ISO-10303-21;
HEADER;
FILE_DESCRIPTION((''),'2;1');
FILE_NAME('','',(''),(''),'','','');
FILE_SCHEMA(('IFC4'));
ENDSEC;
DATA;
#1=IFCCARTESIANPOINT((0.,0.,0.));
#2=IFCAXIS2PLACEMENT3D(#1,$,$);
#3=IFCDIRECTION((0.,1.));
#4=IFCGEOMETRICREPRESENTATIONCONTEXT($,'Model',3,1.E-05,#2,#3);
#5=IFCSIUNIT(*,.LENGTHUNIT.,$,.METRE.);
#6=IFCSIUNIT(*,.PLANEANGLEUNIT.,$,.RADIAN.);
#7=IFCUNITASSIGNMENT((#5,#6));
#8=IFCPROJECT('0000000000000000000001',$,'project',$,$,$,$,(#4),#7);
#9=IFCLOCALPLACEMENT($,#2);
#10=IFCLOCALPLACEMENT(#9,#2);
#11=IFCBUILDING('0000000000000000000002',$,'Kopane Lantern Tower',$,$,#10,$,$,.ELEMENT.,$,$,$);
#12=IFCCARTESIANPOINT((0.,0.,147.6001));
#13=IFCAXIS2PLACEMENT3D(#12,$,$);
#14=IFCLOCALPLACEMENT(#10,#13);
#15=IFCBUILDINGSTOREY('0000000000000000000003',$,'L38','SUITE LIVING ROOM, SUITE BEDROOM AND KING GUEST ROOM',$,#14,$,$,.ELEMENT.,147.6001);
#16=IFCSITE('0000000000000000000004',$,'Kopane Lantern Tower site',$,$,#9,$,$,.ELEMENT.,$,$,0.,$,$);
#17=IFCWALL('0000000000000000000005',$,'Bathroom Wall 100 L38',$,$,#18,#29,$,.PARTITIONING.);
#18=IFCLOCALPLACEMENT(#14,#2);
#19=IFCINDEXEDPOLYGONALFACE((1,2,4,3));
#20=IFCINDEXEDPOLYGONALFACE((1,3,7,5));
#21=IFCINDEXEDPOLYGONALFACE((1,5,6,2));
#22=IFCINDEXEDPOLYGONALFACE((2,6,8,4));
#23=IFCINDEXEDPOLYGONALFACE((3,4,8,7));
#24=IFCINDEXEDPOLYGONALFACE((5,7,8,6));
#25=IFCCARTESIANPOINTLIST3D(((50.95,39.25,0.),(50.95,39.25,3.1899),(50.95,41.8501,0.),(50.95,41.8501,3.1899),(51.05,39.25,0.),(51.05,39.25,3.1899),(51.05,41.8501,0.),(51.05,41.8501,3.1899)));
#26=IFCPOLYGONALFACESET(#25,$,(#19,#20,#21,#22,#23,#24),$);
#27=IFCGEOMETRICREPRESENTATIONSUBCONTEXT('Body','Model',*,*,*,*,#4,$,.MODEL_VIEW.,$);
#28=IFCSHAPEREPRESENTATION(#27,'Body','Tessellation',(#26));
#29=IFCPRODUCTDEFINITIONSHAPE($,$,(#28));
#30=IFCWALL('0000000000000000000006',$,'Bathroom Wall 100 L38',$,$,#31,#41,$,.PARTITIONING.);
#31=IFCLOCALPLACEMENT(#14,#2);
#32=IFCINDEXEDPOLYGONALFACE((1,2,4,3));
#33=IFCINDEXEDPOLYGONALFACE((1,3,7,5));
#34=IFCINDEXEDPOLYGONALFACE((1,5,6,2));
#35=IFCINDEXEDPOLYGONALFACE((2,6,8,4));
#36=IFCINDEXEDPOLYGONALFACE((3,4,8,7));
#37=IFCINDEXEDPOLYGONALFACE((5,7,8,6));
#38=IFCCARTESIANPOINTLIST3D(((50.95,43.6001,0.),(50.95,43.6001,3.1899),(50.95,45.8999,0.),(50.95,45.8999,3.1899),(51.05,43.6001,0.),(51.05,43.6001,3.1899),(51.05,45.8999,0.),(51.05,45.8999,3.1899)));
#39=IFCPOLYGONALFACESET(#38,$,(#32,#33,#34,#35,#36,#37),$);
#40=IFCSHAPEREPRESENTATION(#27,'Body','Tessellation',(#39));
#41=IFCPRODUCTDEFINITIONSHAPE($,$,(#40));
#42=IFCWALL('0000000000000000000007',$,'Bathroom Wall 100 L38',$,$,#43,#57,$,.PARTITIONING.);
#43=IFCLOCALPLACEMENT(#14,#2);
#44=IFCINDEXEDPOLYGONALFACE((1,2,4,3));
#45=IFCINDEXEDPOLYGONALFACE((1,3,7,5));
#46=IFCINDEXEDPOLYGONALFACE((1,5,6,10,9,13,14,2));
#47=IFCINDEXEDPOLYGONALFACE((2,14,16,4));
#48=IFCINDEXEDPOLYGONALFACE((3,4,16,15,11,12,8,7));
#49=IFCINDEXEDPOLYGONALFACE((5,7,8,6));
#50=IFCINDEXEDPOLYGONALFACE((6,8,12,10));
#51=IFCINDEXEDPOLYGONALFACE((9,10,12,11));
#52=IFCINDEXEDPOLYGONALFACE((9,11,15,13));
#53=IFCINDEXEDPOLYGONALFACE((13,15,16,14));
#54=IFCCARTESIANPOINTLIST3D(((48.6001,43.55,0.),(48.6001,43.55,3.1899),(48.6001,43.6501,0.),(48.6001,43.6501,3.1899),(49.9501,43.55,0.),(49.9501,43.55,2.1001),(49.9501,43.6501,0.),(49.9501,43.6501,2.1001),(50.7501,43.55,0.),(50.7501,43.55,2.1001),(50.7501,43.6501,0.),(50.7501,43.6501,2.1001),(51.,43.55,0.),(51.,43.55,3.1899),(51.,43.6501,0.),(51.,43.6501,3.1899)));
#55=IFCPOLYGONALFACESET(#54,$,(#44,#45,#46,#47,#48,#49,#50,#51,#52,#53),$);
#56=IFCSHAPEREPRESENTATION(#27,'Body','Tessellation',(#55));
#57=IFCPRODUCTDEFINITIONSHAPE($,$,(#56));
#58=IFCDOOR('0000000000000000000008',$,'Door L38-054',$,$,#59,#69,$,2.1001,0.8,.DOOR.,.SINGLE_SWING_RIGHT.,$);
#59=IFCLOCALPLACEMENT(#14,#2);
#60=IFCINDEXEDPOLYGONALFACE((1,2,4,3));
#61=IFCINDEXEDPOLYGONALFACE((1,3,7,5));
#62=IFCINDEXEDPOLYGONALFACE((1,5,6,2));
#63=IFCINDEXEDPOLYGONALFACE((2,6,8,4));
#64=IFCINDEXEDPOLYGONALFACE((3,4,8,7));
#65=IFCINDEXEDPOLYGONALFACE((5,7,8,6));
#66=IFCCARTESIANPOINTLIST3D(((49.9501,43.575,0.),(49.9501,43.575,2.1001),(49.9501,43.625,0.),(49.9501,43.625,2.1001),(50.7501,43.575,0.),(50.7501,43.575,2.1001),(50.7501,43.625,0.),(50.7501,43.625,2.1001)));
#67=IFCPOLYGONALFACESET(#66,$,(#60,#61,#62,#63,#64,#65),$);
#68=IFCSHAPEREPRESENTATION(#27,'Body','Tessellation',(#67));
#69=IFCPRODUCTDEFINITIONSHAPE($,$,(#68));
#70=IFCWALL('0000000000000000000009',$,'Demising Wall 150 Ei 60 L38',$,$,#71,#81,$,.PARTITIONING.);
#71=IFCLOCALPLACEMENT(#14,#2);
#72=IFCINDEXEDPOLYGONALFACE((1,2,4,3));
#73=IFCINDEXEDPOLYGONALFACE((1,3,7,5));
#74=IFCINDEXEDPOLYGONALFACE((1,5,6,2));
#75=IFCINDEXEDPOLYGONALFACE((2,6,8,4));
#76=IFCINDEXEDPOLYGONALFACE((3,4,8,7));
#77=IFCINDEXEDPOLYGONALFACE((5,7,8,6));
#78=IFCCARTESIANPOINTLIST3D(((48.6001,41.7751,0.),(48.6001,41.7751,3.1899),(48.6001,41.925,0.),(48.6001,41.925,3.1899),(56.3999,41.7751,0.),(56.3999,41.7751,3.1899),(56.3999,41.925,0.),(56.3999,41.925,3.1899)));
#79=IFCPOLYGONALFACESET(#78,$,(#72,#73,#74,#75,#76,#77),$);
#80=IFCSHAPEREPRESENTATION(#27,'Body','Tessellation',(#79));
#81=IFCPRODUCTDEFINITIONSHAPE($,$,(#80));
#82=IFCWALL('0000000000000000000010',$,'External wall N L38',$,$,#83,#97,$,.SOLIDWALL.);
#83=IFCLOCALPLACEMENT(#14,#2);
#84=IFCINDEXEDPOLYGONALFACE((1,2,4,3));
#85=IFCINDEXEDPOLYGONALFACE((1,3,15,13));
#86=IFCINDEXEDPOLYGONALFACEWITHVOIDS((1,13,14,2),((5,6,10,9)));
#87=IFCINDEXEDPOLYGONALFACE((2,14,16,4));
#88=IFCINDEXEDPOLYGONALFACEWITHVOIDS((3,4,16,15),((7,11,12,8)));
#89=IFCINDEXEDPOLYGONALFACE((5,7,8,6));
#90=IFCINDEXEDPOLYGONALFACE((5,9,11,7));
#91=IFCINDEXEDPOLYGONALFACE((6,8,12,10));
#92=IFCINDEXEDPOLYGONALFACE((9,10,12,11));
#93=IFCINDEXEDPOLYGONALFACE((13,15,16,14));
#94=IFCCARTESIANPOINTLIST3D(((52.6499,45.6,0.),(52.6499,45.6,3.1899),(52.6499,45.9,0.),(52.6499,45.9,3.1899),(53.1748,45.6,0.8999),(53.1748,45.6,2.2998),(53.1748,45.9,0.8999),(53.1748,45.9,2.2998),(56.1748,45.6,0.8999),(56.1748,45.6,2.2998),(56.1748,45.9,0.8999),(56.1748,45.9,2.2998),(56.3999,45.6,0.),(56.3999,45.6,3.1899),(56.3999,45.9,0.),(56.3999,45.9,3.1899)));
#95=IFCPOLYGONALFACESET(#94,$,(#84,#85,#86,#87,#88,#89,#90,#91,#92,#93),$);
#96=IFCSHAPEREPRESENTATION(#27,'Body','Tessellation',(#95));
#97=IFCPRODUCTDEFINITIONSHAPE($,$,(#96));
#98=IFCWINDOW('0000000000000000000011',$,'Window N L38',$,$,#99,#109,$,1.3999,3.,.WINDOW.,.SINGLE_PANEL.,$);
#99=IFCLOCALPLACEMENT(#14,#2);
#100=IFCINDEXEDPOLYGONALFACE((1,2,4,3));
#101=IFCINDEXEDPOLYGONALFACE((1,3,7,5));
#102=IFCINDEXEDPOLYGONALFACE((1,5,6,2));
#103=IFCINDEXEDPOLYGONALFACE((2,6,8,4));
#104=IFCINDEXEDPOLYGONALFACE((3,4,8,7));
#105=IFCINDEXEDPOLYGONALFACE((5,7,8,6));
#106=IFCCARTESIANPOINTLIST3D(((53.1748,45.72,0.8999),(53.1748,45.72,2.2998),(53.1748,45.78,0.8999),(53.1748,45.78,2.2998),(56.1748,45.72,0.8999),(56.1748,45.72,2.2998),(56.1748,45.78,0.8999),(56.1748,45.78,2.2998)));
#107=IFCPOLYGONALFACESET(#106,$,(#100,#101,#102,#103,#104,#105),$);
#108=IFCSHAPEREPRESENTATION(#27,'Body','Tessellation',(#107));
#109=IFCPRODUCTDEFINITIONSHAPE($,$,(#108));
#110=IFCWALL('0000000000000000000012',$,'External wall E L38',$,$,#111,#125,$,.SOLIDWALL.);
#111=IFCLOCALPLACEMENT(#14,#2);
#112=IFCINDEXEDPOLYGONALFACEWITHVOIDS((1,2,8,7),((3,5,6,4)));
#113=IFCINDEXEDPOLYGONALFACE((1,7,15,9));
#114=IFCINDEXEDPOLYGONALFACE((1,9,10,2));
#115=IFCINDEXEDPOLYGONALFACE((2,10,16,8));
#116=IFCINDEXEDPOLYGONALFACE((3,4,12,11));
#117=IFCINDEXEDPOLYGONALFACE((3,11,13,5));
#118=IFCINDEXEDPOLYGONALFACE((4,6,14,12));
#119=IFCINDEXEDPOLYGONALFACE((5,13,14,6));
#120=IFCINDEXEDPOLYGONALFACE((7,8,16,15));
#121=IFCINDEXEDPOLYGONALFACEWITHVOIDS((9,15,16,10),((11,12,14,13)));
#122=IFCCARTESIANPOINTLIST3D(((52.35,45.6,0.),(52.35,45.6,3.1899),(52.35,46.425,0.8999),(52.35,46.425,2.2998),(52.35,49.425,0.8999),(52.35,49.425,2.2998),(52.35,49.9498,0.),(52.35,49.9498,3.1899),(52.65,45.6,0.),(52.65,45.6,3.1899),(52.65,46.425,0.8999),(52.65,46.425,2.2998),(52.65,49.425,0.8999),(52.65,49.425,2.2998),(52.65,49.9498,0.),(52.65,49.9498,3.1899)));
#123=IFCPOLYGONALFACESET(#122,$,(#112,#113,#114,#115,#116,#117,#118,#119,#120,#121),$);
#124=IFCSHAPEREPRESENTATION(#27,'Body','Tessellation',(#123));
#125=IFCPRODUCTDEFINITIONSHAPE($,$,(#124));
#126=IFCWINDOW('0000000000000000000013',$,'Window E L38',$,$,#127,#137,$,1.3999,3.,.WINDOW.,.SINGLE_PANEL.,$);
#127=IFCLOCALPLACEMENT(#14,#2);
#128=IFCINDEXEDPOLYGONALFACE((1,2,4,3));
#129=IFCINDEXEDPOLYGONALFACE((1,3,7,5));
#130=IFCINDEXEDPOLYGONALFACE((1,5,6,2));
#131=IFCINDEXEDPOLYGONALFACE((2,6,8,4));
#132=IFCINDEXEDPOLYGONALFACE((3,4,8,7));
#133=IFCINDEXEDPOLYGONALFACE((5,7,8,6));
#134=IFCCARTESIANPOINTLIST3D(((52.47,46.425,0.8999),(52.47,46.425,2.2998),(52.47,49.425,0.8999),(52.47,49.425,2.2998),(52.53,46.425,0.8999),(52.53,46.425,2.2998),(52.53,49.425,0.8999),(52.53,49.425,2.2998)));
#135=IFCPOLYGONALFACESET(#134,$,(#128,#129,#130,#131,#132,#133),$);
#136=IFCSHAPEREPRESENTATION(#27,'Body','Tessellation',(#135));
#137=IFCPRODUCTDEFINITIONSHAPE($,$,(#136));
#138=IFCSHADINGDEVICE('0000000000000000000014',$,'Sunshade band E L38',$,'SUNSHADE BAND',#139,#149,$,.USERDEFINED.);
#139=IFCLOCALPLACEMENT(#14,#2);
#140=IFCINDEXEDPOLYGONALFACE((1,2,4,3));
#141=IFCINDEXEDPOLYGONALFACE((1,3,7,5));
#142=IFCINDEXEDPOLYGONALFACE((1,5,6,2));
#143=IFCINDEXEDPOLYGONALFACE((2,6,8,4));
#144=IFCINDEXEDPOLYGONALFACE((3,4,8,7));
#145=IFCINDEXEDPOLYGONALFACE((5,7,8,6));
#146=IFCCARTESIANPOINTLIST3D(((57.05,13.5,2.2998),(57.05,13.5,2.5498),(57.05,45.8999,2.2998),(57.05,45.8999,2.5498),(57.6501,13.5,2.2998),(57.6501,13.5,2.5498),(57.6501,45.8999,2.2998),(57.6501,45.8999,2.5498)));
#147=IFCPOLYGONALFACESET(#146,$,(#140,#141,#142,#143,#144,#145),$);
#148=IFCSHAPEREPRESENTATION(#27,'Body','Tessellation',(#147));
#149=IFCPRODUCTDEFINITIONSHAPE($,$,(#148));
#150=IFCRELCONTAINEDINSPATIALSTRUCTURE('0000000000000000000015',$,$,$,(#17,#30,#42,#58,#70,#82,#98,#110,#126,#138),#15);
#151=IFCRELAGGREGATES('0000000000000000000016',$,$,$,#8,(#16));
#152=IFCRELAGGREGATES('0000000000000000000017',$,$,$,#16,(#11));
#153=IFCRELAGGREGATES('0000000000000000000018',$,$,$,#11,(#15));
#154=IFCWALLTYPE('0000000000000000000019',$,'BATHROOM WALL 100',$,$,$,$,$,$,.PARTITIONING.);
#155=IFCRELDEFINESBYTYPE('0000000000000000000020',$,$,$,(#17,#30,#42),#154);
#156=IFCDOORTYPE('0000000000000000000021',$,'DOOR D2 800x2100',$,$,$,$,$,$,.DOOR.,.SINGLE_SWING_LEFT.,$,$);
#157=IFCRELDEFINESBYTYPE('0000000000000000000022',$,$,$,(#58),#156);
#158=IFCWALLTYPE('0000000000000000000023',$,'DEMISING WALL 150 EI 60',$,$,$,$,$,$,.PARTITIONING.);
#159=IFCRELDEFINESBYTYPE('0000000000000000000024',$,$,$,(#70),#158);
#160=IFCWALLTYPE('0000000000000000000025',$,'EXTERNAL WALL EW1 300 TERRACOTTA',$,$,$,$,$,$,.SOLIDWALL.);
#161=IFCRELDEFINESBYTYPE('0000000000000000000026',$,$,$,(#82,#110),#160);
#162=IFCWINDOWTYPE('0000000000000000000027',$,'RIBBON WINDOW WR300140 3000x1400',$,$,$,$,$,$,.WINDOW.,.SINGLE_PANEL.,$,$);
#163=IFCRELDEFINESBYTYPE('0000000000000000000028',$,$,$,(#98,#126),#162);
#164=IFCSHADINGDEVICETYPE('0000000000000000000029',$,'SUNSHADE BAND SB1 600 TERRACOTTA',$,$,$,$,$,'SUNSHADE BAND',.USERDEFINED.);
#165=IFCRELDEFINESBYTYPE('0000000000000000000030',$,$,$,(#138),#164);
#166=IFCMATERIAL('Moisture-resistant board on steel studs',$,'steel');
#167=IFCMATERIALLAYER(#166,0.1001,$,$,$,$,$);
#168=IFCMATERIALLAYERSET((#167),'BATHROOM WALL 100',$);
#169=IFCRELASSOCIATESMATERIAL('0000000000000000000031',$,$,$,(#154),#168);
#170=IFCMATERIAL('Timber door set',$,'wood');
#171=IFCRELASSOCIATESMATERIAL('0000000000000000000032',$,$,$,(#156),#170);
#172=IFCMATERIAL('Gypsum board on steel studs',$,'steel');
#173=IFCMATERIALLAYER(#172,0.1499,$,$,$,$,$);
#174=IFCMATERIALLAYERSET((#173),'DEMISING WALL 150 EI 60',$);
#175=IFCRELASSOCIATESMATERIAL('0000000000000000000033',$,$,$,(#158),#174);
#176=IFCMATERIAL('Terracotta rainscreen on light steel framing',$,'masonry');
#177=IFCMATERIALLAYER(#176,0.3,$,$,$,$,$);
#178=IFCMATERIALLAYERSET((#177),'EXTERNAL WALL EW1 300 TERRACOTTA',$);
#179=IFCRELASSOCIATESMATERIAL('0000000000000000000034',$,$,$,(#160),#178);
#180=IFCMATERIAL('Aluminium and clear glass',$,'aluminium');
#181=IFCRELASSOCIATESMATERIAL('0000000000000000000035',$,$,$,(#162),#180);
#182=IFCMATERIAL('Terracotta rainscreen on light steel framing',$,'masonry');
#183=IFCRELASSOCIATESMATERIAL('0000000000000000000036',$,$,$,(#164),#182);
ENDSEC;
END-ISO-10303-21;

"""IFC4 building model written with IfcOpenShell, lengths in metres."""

from ifc_helpers import new_model, si_unit, direction, frame, frame_2d, origin, origin_2d, place, context, subcontext, project, spatial, rectangle, extrude, material, layer, layer_set, type_object, element, fill, save


model = new_model("IFC4")

# Units and contexts
model_context = context("Model", 3, precision=1e-05, world=origin(), true_north=direction((0.0, 1.0)))
body_context = subcontext(model_context, "Body", "Model", "MODEL_VIEW")
ifc_project = project(units=[si_unit("LENGTHUNIT", "METRE"), si_unit("PLANEANGLEUNIT", "RADIAN")], contexts=[model_context])

# Site, building, storey
site_placement = place(None, origin())
site = spatial("IfcSite", under=ifc_project, at=site_placement, Name="Kopane Lantern Tower site", CompositionType="ELEMENT", RefElevation=0.0)
building_placement = place(site_placement, origin())
building = spatial("IfcBuilding", under=site, at=building_placement, Name="Kopane Lantern Tower", CompositionType="ELEMENT")
storey_placement = place(building_placement, frame((0.0, 0.0, 147.6001)))
storey = spatial("IfcBuildingStorey", under=building, at=storey_placement, Name="L38", Description="SUITE LIVING ROOM, SUITE BEDROOM AND KING GUEST ROOM", CompositionType="ELEMENT", Elevation=147.6001)

# Walls
ifc_material_1 = material(Name="Moisture-resistant board on steel studs", Category="steel")
ifc_layer_1 = layer(ifc_material_1, 0.1001)
ifc_layer_set_1 = layer_set([ifc_layer_1], Name="BATHROOM WALL 100")
wall_type_1 = type_object("IfcWallType", Name="BATHROOM WALL 100", PredefinedType="PARTITIONING", material=ifc_layer_set_1)
wall_1_placement = place(storey_placement, frame((51.0, 39.25, 0.0), z_axis=(0.0, 0.0, 1.0), x_axis=(0.0, 1.0, 0.0)))
element("IfcWall", 1, at=wall_1_placement, inside=storey, type_object=wall_type_1, Name="Bathroom Wall 100 L38", PredefinedType="PARTITIONING", context=body_context, shape_type="SweptSolid", body=[
    extrude(rectangle(XDim=2.6001, YDim=0.1001, at=frame_2d((1.3, 0.0))), origin(), (0.0, 0.0, 1.0), 3.1899),
])
wall_2_placement = place(storey_placement, frame((51.0, 43.6001, 0.0), z_axis=(0.0, 0.0, 1.0), x_axis=(0.0, 1.0, 0.0)))
element("IfcWall", 2, at=wall_2_placement, inside=storey, type_object=wall_type_1, Name="Bathroom Wall 100 L38", PredefinedType="PARTITIONING", context=body_context, shape_type="SweptSolid", body=[
    extrude(rectangle(XDim=2.2998, YDim=0.1001, at=frame_2d((1.1499, 0.0))), origin(), (0.0, 0.0, 1.0), 3.1899),
])

# Wall, opening, door
wall_3_placement = place(storey_placement, frame((48.6001, 43.6001, 0.0), z_axis=(0.0, 0.0, 1.0), x_axis=(1.0, 0.0, 0.0)))
wall_3 = element("IfcWall", 3, at=wall_3_placement, inside=storey, type_object=wall_type_1, Name="Bathroom Wall 100 L38", PredefinedType="PARTITIONING", context=body_context, shape_type="SweptSolid", body=[
    extrude(rectangle(XDim=2.3999, YDim=0.1001, at=frame_2d((1.2, 0.0))), origin(), (0.0, 0.0, 1.0), 3.1899),
])
opening_1_placement = place(wall_3_placement, frame((1.3501, 0.0, 0.0)))
opening_1 = element("IfcOpeningElement", 4, at=opening_1_placement, cuts=wall_3, PredefinedType="OPENING", context=body_context, shape_type="SweptSolid", body=[
    extrude(rectangle(XDim=0.8, YDim=2.1001, at=frame_2d((0.3999, 1.05))), frame((0.0, 0.0601, 0.0), z_axis=(0.0, -1.0, 0.0), x_axis=(1.0, 0.0, 0.0)), (0.0, 0.0, 1.0), 0.1201),
])
ifc_material_2 = material(Name="Timber door set", Category="wood")
door_type_1 = type_object("IfcDoorType", Name="DOOR D2 800x2100", OperationType="SINGLE_SWING_LEFT", PredefinedType="DOOR", material=ifc_material_2)
door_1_placement = place(opening_1_placement, origin())
door_1 = element("IfcDoor", 5, at=door_1_placement, inside=storey, type_object=door_type_1, Name="Door L38-054", OperationType="SINGLE_SWING_RIGHT", OverallHeight=2.1001, OverallWidth=0.8, PredefinedType="DOOR", context=body_context, shape_type="SweptSolid", body=[
    extrude(rectangle(XDim=0.8, YDim=2.1001, at=frame_2d((0.3999, 1.05))), frame((0.0, 0.0249, 0.0), z_axis=(0.0, -1.0, 0.0), x_axis=(1.0, 0.0, 0.0)), (0.0, 0.0, 1.0), 0.05),
])
fill(opening_1, door_1)

# Wall
ifc_material_3 = material(Name="Gypsum board on steel studs", Category="steel")
ifc_layer_2 = layer(ifc_material_3, 0.1499)
ifc_layer_set_2 = layer_set([ifc_layer_2], Name="DEMISING WALL 150 EI 60")
wall_type_2 = type_object("IfcWallType", Name="DEMISING WALL 150 EI 60", PredefinedType="PARTITIONING", material=ifc_layer_set_2)
wall_4_placement = place(storey_placement, frame((48.6001, 41.8501, 0.0), z_axis=(0.0, 0.0, 1.0), x_axis=(1.0, 0.0, 0.0)))
element("IfcWall", 6, at=wall_4_placement, inside=storey, type_object=wall_type_2, Name="Demising Wall 150 Ei 60 L38", PredefinedType="PARTITIONING", context=body_context, shape_type="SweptSolid", body=[
    extrude(rectangle(XDim=7.7998, YDim=0.1499, at=frame_2d((3.8999, 0.0))), origin(), (0.0, 0.0, 1.0), 3.1899),
])

# Walls, openings, windows
ifc_material_4 = material(Name="Terracotta rainscreen on light steel framing", Category="masonry")
ifc_layer_3 = layer(ifc_material_4, 0.3)
ifc_layer_set_3 = layer_set([ifc_layer_3], Name="EXTERNAL WALL EW1 300 TERRACOTTA")
wall_type_3 = type_object("IfcWallType", Name="EXTERNAL WALL EW1 300 TERRACOTTA", PredefinedType="SOLIDWALL", material=ifc_layer_set_3)
wall_5_placement = place(storey_placement, frame((56.3999, 45.75, 0.0), z_axis=(0.0, 0.0, 1.0), x_axis=(-1.0, 0.0, 0.0)))
wall_5 = element("IfcWall", 7, at=wall_5_placement, inside=storey, type_object=wall_type_3, Name="External wall N L38", PredefinedType="SOLIDWALL", context=body_context, shape_type="SweptSolid", body=[
    extrude(rectangle(XDim=3.75, YDim=0.3, at=frame_2d((1.875, 0.0))), origin(), (0.0, 0.0, 1.0), 3.1899),
])
opening_2_placement = place(wall_5_placement, frame((0.2251, 0.0, 0.8999)))
opening_2 = element("IfcOpeningElement", 8, at=opening_2_placement, cuts=wall_5, PredefinedType="OPENING", context=body_context, shape_type="SweptSolid", body=[
    extrude(rectangle(XDim=3.0, YDim=1.3999, at=frame_2d((1.5, 0.7))), frame((0.0, 0.1599, 0.0), z_axis=(0.0, -1.0, 0.0), x_axis=(1.0, 0.0, 0.0)), (0.0, 0.0, 1.0), 0.3201),
])
ifc_material_5 = material(Name="Aluminium and clear glass", Category="aluminium")
window_type = type_object("IfcWindowType", Name="RIBBON WINDOW WR300140 3000x1400", PartitioningType="SINGLE_PANEL", PredefinedType="WINDOW", material=ifc_material_5)
window_1_placement = place(opening_2_placement, origin())
window_1 = element("IfcWindow", 9, at=window_1_placement, inside=storey, type_object=window_type, Name="Window N L38", OverallHeight=1.3999, OverallWidth=3.0, PartitioningType="SINGLE_PANEL", PredefinedType="WINDOW", context=body_context, shape_type="SweptSolid", body=[
    extrude(rectangle(XDim=3.0, YDim=1.3999, at=frame_2d((1.5, 0.7))), frame((0.0, 0.03, 0.0), z_axis=(0.0, -1.0, 0.0), x_axis=(1.0, 0.0, 0.0)), (0.0, 0.0, 1.0), 0.0601),
])
fill(opening_2, window_1)
wall_6_placement = place(storey_placement, frame((52.5, 45.6001, 0.0), z_axis=(0.0, 0.0, 1.0), x_axis=(0.0, 1.0, 0.0)))
wall_6 = element("IfcWall", 10, at=wall_6_placement, inside=storey, type_object=wall_type_3, Name="External wall E L38", PredefinedType="SOLIDWALL", context=body_context, shape_type="SweptSolid", body=[
    extrude(rectangle(XDim=4.3499, YDim=0.3, at=frame_2d((2.1748, 0.0))), origin(), (0.0, 0.0, 1.0), 3.1899),
])
opening_3_placement = place(wall_6_placement, frame((0.825, 0.0, 0.8999)))
opening_3 = element("IfcOpeningElement", 11, at=opening_3_placement, cuts=wall_6, PredefinedType="OPENING", context=body_context, shape_type="SweptSolid", body=[
    extrude(rectangle(XDim=3.0, YDim=1.3999, at=frame_2d((1.5, 0.7))), frame((0.0, 0.1599, 0.0), z_axis=(0.0, -1.0, 0.0), x_axis=(1.0, 0.0, 0.0)), (0.0, 0.0, 1.0), 0.3201),
])
window_2_placement = place(opening_3_placement, origin())
window_2 = element("IfcWindow", 12, at=window_2_placement, inside=storey, type_object=window_type, Name="Window E L38", OverallHeight=1.3999, OverallWidth=3.0, PartitioningType="SINGLE_PANEL", PredefinedType="WINDOW", context=body_context, shape_type="SweptSolid", body=[
    extrude(rectangle(XDim=3.0, YDim=1.3999, at=frame_2d((1.5, 0.7))), frame((0.0, 0.03, 0.0), z_axis=(0.0, -1.0, 0.0), x_axis=(1.0, 0.0, 0.0)), (0.0, 0.0, 1.0), 0.0601),
])
fill(opening_3, window_2)

# Shading device
ifc_material_6 = material(Name="Terracotta rainscreen on light steel framing", Category="masonry")
shading_device_type = type_object("IfcShadingDeviceType", Name="SUNSHADE BAND SB1 600 TERRACOTTA", ElementType="SUNSHADE BAND", PredefinedType="USERDEFINED", material=ifc_material_6)
shading_device_placement = place(storey_placement, frame((57.3501, 29.7, 2.2998), z_axis=(0.0, 0.0, 1.0), x_axis=(0.0, 1.0, 0.0)))
element("IfcShadingDevice", 13, at=shading_device_placement, inside=storey, type_object=shading_device_type, Name="Sunshade band E L38", ObjectType="SUNSHADE BAND", PredefinedType="USERDEFINED", context=body_context, shape_type="SweptSolid", body=[
    extrude(rectangle(XDim=32.3999, YDim=0.6001, at=origin_2d()), origin(), (0.0, 0.0, 1.0), 0.25),
])

save(model, "model.ifc")
